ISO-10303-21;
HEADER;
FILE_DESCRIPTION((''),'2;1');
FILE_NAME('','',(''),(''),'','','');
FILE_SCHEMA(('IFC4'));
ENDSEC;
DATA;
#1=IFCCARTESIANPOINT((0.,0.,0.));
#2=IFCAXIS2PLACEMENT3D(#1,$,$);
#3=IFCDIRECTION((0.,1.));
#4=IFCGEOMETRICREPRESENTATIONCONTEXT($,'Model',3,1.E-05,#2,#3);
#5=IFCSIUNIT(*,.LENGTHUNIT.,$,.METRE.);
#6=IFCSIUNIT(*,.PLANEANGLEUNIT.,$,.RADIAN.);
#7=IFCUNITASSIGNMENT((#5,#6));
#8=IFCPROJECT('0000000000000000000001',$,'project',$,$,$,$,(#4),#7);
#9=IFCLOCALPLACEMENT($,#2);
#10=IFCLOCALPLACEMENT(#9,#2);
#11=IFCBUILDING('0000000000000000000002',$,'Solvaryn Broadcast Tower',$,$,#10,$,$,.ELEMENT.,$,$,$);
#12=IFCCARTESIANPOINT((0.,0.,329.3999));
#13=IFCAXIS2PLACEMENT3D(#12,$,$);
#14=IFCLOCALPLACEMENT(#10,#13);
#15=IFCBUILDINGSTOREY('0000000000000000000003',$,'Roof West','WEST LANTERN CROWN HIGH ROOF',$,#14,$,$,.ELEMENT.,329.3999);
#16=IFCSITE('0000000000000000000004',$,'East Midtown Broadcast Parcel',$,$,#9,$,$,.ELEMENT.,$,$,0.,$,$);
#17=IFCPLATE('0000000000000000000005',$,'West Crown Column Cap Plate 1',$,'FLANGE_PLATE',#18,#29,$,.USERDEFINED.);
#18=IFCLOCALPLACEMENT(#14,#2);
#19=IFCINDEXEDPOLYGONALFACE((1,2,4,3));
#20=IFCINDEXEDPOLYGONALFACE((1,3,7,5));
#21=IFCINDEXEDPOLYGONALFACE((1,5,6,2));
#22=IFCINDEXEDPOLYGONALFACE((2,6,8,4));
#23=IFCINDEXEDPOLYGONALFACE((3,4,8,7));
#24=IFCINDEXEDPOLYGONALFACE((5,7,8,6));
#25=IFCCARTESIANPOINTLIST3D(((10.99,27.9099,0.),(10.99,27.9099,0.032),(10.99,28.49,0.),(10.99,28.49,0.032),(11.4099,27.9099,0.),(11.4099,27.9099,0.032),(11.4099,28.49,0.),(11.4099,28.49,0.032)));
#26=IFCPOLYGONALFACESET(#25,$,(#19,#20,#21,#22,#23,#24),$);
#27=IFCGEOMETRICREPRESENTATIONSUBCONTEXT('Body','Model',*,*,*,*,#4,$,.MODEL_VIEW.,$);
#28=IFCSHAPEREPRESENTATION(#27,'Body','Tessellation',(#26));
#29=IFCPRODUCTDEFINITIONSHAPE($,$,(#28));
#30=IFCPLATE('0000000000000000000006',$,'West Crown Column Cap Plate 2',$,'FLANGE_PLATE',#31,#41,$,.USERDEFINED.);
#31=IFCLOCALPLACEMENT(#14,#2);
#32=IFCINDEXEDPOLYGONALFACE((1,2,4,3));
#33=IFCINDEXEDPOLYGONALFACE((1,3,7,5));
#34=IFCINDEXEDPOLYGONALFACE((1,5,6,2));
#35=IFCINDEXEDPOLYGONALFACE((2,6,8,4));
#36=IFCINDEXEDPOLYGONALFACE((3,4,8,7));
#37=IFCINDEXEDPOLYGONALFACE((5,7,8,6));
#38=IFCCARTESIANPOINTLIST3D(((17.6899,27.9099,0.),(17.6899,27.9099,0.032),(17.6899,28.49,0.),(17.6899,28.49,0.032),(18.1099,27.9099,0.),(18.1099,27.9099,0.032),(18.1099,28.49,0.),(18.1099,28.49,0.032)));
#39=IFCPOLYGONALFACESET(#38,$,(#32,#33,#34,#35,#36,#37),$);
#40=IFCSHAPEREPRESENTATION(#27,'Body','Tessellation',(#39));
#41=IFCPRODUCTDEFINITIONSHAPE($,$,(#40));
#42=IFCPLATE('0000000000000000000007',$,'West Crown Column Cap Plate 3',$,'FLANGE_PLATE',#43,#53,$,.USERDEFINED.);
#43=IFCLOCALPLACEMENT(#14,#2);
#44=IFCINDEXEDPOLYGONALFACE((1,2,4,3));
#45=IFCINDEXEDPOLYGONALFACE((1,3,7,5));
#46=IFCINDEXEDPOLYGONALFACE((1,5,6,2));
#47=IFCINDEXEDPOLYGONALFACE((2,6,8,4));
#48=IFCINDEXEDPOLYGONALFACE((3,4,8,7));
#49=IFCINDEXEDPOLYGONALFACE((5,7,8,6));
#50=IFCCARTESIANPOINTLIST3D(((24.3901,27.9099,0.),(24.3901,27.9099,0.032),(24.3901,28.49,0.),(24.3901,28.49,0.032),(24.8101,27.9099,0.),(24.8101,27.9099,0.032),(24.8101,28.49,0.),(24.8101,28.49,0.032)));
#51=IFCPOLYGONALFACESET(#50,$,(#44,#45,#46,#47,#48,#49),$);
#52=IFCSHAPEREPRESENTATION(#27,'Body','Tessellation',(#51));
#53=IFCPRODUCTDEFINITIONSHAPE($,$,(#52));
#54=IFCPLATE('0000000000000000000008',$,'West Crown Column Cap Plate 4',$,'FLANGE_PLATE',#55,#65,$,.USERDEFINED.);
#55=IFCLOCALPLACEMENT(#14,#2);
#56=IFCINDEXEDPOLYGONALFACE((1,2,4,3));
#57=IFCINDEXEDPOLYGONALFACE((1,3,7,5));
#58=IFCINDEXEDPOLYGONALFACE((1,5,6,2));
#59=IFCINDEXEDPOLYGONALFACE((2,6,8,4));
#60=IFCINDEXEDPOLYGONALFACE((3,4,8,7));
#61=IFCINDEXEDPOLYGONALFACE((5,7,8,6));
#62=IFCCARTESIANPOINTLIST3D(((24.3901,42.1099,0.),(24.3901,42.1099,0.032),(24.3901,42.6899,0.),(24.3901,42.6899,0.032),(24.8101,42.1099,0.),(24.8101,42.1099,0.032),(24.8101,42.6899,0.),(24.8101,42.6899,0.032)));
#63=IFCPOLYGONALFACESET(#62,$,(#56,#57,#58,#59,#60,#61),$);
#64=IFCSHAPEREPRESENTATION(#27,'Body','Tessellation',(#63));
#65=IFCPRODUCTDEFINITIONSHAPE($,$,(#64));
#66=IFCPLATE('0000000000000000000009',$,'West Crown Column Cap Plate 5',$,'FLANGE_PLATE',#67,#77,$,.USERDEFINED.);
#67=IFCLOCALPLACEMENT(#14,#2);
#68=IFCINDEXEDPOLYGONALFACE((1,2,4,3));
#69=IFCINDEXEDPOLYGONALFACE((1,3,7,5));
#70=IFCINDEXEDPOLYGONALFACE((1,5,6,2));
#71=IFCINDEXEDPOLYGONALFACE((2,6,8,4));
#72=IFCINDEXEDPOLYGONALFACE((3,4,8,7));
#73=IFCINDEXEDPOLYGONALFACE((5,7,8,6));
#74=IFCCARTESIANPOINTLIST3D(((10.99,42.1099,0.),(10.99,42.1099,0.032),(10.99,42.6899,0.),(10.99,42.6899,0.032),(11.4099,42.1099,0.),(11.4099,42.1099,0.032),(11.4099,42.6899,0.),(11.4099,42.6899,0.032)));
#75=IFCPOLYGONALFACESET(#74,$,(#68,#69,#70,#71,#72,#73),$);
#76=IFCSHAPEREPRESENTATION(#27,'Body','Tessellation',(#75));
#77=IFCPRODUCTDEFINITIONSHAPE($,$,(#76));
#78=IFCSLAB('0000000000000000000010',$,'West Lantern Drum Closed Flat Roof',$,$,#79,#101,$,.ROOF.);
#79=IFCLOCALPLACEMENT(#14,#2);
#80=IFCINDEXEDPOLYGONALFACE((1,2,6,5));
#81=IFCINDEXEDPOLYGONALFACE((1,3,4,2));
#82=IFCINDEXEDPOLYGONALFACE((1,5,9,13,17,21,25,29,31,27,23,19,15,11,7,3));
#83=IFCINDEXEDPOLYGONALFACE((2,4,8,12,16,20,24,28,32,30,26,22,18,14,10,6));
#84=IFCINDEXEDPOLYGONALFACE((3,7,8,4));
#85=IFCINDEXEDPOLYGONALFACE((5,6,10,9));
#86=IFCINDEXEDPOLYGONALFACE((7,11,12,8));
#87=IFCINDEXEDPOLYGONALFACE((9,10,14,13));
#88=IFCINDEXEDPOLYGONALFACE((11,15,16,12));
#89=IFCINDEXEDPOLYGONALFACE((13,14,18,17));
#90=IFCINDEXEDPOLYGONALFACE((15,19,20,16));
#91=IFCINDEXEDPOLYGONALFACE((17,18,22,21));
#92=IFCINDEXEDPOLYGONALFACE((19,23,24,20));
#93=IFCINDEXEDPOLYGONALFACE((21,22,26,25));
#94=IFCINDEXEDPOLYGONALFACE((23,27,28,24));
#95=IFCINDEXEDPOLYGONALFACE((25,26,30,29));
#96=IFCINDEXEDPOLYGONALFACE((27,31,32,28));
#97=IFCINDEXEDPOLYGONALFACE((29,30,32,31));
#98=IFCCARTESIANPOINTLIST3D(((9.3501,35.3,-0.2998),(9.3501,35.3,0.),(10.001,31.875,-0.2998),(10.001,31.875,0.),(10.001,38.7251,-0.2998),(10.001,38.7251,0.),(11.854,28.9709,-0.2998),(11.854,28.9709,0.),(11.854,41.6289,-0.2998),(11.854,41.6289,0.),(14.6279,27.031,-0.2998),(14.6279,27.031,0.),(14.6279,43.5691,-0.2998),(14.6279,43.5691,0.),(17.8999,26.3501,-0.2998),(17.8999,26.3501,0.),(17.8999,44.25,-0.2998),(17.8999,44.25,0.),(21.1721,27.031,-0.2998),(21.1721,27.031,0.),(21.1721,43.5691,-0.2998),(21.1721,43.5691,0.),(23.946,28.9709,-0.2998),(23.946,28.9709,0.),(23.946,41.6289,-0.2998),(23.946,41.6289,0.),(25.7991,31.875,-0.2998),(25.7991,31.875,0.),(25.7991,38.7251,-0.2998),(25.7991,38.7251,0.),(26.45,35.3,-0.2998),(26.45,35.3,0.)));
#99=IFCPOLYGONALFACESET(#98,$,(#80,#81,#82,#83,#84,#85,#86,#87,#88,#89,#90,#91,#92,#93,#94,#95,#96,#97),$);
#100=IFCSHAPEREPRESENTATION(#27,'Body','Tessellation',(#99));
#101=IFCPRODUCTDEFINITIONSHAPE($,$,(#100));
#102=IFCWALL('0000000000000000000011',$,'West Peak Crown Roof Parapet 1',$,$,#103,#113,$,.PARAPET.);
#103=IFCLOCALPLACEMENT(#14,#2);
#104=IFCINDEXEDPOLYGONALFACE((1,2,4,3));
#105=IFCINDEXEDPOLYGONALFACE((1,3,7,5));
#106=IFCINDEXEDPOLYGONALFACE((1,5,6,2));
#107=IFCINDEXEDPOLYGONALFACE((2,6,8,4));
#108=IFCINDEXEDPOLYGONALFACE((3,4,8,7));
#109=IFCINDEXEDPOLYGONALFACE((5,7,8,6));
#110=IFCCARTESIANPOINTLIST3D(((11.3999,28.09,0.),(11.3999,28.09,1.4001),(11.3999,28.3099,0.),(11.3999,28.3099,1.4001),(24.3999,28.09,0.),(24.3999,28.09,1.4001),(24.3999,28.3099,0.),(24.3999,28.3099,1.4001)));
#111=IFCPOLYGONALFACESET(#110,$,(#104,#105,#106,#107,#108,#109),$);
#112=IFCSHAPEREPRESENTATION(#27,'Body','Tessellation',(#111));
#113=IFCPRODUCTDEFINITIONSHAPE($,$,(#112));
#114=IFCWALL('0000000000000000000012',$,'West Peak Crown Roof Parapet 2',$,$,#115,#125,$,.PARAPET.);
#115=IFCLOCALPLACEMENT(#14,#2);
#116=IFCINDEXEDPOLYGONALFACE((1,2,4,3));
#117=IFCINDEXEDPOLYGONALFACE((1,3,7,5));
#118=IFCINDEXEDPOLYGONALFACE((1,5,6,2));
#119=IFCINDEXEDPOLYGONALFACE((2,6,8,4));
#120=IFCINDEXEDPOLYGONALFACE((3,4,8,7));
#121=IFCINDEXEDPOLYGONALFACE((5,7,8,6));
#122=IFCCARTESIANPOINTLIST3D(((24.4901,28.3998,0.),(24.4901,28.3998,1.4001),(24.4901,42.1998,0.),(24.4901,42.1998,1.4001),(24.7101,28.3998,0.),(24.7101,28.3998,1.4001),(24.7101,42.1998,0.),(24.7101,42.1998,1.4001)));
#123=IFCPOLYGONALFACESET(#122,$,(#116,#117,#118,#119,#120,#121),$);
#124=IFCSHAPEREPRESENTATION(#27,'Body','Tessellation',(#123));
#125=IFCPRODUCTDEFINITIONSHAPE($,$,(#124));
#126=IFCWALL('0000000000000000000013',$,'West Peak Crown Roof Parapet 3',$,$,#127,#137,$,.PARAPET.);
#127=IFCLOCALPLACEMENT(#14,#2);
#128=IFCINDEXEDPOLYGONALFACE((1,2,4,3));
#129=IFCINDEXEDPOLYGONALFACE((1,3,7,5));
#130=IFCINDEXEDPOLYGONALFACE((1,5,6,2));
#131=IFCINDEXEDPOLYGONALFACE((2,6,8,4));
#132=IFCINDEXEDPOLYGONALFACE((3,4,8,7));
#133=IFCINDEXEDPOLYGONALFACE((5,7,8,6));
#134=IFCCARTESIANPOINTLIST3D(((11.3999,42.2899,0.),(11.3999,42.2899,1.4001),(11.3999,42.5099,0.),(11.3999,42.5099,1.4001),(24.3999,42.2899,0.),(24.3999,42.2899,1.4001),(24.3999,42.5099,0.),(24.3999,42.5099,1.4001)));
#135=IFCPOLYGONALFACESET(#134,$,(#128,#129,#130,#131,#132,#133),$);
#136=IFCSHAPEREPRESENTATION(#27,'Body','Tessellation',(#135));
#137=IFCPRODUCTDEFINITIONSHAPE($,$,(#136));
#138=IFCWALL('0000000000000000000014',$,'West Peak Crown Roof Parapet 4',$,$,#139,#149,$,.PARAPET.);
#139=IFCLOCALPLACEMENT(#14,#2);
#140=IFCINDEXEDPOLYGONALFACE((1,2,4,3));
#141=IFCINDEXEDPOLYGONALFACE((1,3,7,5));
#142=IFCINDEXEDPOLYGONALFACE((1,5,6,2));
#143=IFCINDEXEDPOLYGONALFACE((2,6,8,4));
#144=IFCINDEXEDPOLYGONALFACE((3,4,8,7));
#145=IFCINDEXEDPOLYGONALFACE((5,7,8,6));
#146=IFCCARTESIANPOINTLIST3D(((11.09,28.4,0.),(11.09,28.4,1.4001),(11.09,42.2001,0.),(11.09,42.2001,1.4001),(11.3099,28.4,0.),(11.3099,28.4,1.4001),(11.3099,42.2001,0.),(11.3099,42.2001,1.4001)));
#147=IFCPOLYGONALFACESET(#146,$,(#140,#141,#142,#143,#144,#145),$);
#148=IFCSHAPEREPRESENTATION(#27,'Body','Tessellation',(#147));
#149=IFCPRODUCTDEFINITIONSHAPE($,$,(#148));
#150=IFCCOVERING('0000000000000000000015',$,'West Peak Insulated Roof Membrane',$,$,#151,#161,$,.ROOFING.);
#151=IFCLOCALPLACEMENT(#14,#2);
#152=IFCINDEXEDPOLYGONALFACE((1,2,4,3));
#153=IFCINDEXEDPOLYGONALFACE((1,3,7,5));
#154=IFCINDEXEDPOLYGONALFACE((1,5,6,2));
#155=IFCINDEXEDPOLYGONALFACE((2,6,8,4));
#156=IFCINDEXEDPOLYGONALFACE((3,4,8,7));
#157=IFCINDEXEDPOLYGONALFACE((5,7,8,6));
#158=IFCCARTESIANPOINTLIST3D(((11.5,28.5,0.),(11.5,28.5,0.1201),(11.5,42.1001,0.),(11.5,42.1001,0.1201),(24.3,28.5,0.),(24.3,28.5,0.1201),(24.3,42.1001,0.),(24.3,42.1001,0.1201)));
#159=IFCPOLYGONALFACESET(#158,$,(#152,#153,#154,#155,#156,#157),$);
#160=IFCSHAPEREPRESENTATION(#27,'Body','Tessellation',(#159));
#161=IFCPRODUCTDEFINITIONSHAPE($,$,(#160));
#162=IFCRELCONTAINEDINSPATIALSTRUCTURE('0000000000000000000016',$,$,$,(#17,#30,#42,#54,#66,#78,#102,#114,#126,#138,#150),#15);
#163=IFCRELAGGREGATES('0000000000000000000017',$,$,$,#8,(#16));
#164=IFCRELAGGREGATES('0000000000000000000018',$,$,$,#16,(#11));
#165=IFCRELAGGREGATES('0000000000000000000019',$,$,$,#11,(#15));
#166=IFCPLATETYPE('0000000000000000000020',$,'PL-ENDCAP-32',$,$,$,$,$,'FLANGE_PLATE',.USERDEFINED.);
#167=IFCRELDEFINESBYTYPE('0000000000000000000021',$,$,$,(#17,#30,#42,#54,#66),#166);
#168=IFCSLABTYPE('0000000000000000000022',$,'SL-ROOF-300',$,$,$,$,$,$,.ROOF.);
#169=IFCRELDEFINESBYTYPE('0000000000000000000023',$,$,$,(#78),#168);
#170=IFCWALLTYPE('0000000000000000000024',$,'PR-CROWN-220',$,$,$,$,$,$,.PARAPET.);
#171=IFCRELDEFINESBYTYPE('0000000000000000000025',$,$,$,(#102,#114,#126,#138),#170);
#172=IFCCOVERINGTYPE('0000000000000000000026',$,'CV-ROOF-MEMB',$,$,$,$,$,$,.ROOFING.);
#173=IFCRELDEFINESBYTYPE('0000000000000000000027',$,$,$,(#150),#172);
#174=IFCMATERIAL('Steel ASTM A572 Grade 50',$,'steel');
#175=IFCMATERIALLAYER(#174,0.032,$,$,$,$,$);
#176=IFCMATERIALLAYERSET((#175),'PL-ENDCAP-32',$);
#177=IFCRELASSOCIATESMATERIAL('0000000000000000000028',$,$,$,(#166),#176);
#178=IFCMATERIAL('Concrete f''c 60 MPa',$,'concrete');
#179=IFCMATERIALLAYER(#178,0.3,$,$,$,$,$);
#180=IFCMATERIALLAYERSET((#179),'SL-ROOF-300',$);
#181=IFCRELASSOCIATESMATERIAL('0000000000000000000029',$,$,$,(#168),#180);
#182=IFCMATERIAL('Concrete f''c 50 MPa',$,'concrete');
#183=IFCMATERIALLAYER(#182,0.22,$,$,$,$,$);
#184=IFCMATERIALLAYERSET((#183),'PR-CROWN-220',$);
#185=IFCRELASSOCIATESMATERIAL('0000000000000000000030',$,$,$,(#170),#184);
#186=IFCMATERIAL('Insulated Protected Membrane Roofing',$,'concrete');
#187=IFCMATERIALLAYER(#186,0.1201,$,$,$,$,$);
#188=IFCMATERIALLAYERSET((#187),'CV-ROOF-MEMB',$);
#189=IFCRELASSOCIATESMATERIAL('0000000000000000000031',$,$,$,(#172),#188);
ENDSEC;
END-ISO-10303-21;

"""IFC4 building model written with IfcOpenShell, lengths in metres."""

from ifc_helpers import new_model, si_unit, direction, frame, frame_2d, origin, origin_2d, place, context, subcontext, project, spatial, polyline, rectangle, outline, extrude, material, layer, layer_set, type_object, element, save


model = new_model("IFC4")

# Units and contexts
model_context = context("Model", 3, precision=1e-05, world=origin(), true_north=direction((0.0, 1.0)))
body_context = subcontext(model_context, "Body", "Model", "MODEL_VIEW")
ifc_project = project(units=[si_unit("LENGTHUNIT", "METRE"), si_unit("PLANEANGLEUNIT", "RADIAN")], contexts=[model_context])

# Site, building, storey
site_placement = place(None, origin())
site = spatial("IfcSite", under=ifc_project, at=site_placement, Name="East Midtown Broadcast Parcel", CompositionType="ELEMENT", RefElevation=0.0)
building_placement = place(site_placement, origin())
building = spatial("IfcBuilding", under=site, at=building_placement, Name="Solvaryn Broadcast Tower", CompositionType="ELEMENT")
storey_placement = place(building_placement, frame((0.0, 0.0, 329.3999)))
storey = spatial("IfcBuildingStorey", under=building, at=storey_placement, Name="Roof West", Description="WEST LANTERN CROWN HIGH ROOF", CompositionType="ELEMENT", Elevation=329.3999)

# Plates
ifc_material_1 = material(Name="Steel ASTM A572 Grade 50", Category="steel")
ifc_layer_1 = layer(ifc_material_1, 0.032)
ifc_layer_set_1 = layer_set([ifc_layer_1], Name="PL-ENDCAP-32")
plate_type = type_object("IfcPlateType", Name="PL-ENDCAP-32", ElementType="FLANGE_PLATE", PredefinedType="USERDEFINED", material=ifc_layer_set_1)
for number, where, z_axis, x_axis, name in (
    (1, (11.2, 28.2, 0.0), (0.0, 0.0, 1.0), (1.0, 0.0, 0.0), "West Crown Column Cap Plate 1"),
    (2, (17.8999, 28.2, 0.0), (0.0, 0.0, 1.0), (1.0, 0.0, 0.0), "West Crown Column Cap Plate 2"),
    (3, (24.6001, 28.2, 0.0), (0.0, 0.0, 1.0), (1.0, 0.0, 0.0), "West Crown Column Cap Plate 3"),
    (4, (24.6001, 42.3999, 0.0), (0.0, 0.0, 1.0), (1.0, 0.0, 0.0), "West Crown Column Cap Plate 4"),
    (5, (11.2, 42.3999, 0.0), (0.0, 0.0, 1.0), (1.0, 0.0, 0.0), "West Crown Column Cap Plate 5"),
):
    element("IfcPlate", number, at=place(storey_placement, frame(where, z_axis=z_axis, x_axis=x_axis)), inside=storey, type_object=plate_type, Name=name, ObjectType="FLANGE_PLATE", PredefinedType="USERDEFINED", context=body_context, shape_type="SweptSolid", body=[
        extrude(rectangle(XDim=0.4199, YDim=0.5801, at=origin_2d()), origin(), (0.0, 0.0, 1.0), 0.032),
    ])

# Slab
ifc_material_2 = material(Name="Concrete f'c 60 MPa", Category="concrete")
ifc_layer_2 = layer(ifc_material_2, 0.3)
ifc_layer_set_2 = layer_set([ifc_layer_2], Name="SL-ROOF-300")
slab_type = type_object("IfcSlabType", Name="SL-ROOF-300", PredefinedType="ROOF", material=ifc_layer_set_2)
slab_placement = place(storey_placement, frame((0.0, 0.0, -0.2998)))
element("IfcSlab", 6, at=slab_placement, inside=storey, type_object=slab_type, Name="West Lantern Drum Closed Flat Roof", PredefinedType="ROOF", context=body_context, shape_type="SweptSolid", body=[
    extrude(outline(polyline([(26.45, 35.3), (25.7991, 38.7251), (23.946, 41.6289), (21.1721, 43.5691), (17.8999, 44.25), (14.6279, 43.5691), (11.854, 41.6289), (10.001, 38.7251), (9.3501, 35.3), (10.001, 31.875), (11.854, 28.9709), (14.6279, 27.031), (17.8999, 26.3501), (21.1721, 27.031), (23.946, 28.9709), (25.7991, 31.875), (26.45, 35.3)])), origin(), (0.0, 0.0, 1.0), 0.2998),
])

# Walls
ifc_material_3 = material(Name="Concrete f'c 50 MPa", Category="concrete")
ifc_layer_3 = layer(ifc_material_3, 0.22)
ifc_layer_set_3 = layer_set([ifc_layer_3], Name="PR-CROWN-220")
wall_type = type_object("IfcWallType", Name="PR-CROWN-220", PredefinedType="PARAPET", material=ifc_layer_set_3)
wall_1_placement = place(storey_placement, frame((11.3999, 28.2, 0.0), z_axis=(0.0, 0.0, 1.0), x_axis=(1.0, 0.0, 0.0)))
element("IfcWall", 7, at=wall_1_placement, inside=storey, type_object=wall_type, Name="West Peak Crown Roof Parapet 1", PredefinedType="PARAPET", context=body_context, shape_type="SweptSolid", body=[
    extrude(rectangle(XDim=13.0, YDim=0.22, at=frame_2d((6.5, 0.0))), origin(), (0.0, 0.0, 1.0), 1.4001),
])
wall_2_placement = place(storey_placement, frame((24.6001, 28.3999, 0.0), z_axis=(0.0, 0.0, 1.0), x_axis=(0.0, 1.0, 0.0)))
element("IfcWall", 8, at=wall_2_placement, inside=storey, type_object=wall_type, Name="West Peak Crown Roof Parapet 2", PredefinedType="PARAPET", context=body_context, shape_type="SweptSolid", body=[
    extrude(rectangle(XDim=13.8, YDim=0.22, at=frame_2d((6.8999, 0.0))), origin(), (0.0, 0.0, 1.0), 1.4001),
])
wall_3_placement = place(storey_placement, frame((24.3999, 42.3999, 0.0), z_axis=(0.0, 0.0, 1.0), x_axis=(-1.0, 0.0, 0.0)))
element("IfcWall", 9, at=wall_3_placement, inside=storey, type_object=wall_type, Name="West Peak Crown Roof Parapet 3", PredefinedType="PARAPET", context=body_context, shape_type="SweptSolid", body=[
    extrude(rectangle(XDim=13.0, YDim=0.22, at=frame_2d((6.5, 0.0))), origin(), (0.0, 0.0, 1.0), 1.4001),
])
wall_4_placement = place(storey_placement, frame((11.2, 42.2, 0.0), z_axis=(0.0, 0.0, 1.0), x_axis=(0.0, -1.0, 0.0)))
element("IfcWall", 10, at=wall_4_placement, inside=storey, type_object=wall_type, Name="West Peak Crown Roof Parapet 4", PredefinedType="PARAPET", context=body_context, shape_type="SweptSolid", body=[
    extrude(rectangle(XDim=13.8, YDim=0.22, at=frame_2d((6.8999, 0.0))), origin(), (0.0, 0.0, 1.0), 1.4001),
])

# Covering
ifc_material_4 = material(Name="Insulated Protected Membrane Roofing", Category="concrete")
ifc_layer_4 = layer(ifc_material_4, 0.1201)
ifc_layer_set_4 = layer_set([ifc_layer_4], Name="CV-ROOF-MEMB")
covering_type = type_object("IfcCoveringType", Name="CV-ROOF-MEMB", PredefinedType="ROOFING", material=ifc_layer_set_4)
covering_placement = place(storey_placement, origin())
element("IfcCovering", 11, at=covering_placement, inside=storey, type_object=covering_type, Name="West Peak Insulated Roof Membrane", PredefinedType="ROOFING", context=body_context, shape_type="SweptSolid", body=[
    extrude(outline(polyline([(11.5, 28.5), (24.3, 28.5), (24.3, 42.1001), (11.5, 42.1001), (11.5, 28.5)])), origin(), (0.0, 0.0, 1.0), 0.1201),
])

save(model, "model.ifc")
